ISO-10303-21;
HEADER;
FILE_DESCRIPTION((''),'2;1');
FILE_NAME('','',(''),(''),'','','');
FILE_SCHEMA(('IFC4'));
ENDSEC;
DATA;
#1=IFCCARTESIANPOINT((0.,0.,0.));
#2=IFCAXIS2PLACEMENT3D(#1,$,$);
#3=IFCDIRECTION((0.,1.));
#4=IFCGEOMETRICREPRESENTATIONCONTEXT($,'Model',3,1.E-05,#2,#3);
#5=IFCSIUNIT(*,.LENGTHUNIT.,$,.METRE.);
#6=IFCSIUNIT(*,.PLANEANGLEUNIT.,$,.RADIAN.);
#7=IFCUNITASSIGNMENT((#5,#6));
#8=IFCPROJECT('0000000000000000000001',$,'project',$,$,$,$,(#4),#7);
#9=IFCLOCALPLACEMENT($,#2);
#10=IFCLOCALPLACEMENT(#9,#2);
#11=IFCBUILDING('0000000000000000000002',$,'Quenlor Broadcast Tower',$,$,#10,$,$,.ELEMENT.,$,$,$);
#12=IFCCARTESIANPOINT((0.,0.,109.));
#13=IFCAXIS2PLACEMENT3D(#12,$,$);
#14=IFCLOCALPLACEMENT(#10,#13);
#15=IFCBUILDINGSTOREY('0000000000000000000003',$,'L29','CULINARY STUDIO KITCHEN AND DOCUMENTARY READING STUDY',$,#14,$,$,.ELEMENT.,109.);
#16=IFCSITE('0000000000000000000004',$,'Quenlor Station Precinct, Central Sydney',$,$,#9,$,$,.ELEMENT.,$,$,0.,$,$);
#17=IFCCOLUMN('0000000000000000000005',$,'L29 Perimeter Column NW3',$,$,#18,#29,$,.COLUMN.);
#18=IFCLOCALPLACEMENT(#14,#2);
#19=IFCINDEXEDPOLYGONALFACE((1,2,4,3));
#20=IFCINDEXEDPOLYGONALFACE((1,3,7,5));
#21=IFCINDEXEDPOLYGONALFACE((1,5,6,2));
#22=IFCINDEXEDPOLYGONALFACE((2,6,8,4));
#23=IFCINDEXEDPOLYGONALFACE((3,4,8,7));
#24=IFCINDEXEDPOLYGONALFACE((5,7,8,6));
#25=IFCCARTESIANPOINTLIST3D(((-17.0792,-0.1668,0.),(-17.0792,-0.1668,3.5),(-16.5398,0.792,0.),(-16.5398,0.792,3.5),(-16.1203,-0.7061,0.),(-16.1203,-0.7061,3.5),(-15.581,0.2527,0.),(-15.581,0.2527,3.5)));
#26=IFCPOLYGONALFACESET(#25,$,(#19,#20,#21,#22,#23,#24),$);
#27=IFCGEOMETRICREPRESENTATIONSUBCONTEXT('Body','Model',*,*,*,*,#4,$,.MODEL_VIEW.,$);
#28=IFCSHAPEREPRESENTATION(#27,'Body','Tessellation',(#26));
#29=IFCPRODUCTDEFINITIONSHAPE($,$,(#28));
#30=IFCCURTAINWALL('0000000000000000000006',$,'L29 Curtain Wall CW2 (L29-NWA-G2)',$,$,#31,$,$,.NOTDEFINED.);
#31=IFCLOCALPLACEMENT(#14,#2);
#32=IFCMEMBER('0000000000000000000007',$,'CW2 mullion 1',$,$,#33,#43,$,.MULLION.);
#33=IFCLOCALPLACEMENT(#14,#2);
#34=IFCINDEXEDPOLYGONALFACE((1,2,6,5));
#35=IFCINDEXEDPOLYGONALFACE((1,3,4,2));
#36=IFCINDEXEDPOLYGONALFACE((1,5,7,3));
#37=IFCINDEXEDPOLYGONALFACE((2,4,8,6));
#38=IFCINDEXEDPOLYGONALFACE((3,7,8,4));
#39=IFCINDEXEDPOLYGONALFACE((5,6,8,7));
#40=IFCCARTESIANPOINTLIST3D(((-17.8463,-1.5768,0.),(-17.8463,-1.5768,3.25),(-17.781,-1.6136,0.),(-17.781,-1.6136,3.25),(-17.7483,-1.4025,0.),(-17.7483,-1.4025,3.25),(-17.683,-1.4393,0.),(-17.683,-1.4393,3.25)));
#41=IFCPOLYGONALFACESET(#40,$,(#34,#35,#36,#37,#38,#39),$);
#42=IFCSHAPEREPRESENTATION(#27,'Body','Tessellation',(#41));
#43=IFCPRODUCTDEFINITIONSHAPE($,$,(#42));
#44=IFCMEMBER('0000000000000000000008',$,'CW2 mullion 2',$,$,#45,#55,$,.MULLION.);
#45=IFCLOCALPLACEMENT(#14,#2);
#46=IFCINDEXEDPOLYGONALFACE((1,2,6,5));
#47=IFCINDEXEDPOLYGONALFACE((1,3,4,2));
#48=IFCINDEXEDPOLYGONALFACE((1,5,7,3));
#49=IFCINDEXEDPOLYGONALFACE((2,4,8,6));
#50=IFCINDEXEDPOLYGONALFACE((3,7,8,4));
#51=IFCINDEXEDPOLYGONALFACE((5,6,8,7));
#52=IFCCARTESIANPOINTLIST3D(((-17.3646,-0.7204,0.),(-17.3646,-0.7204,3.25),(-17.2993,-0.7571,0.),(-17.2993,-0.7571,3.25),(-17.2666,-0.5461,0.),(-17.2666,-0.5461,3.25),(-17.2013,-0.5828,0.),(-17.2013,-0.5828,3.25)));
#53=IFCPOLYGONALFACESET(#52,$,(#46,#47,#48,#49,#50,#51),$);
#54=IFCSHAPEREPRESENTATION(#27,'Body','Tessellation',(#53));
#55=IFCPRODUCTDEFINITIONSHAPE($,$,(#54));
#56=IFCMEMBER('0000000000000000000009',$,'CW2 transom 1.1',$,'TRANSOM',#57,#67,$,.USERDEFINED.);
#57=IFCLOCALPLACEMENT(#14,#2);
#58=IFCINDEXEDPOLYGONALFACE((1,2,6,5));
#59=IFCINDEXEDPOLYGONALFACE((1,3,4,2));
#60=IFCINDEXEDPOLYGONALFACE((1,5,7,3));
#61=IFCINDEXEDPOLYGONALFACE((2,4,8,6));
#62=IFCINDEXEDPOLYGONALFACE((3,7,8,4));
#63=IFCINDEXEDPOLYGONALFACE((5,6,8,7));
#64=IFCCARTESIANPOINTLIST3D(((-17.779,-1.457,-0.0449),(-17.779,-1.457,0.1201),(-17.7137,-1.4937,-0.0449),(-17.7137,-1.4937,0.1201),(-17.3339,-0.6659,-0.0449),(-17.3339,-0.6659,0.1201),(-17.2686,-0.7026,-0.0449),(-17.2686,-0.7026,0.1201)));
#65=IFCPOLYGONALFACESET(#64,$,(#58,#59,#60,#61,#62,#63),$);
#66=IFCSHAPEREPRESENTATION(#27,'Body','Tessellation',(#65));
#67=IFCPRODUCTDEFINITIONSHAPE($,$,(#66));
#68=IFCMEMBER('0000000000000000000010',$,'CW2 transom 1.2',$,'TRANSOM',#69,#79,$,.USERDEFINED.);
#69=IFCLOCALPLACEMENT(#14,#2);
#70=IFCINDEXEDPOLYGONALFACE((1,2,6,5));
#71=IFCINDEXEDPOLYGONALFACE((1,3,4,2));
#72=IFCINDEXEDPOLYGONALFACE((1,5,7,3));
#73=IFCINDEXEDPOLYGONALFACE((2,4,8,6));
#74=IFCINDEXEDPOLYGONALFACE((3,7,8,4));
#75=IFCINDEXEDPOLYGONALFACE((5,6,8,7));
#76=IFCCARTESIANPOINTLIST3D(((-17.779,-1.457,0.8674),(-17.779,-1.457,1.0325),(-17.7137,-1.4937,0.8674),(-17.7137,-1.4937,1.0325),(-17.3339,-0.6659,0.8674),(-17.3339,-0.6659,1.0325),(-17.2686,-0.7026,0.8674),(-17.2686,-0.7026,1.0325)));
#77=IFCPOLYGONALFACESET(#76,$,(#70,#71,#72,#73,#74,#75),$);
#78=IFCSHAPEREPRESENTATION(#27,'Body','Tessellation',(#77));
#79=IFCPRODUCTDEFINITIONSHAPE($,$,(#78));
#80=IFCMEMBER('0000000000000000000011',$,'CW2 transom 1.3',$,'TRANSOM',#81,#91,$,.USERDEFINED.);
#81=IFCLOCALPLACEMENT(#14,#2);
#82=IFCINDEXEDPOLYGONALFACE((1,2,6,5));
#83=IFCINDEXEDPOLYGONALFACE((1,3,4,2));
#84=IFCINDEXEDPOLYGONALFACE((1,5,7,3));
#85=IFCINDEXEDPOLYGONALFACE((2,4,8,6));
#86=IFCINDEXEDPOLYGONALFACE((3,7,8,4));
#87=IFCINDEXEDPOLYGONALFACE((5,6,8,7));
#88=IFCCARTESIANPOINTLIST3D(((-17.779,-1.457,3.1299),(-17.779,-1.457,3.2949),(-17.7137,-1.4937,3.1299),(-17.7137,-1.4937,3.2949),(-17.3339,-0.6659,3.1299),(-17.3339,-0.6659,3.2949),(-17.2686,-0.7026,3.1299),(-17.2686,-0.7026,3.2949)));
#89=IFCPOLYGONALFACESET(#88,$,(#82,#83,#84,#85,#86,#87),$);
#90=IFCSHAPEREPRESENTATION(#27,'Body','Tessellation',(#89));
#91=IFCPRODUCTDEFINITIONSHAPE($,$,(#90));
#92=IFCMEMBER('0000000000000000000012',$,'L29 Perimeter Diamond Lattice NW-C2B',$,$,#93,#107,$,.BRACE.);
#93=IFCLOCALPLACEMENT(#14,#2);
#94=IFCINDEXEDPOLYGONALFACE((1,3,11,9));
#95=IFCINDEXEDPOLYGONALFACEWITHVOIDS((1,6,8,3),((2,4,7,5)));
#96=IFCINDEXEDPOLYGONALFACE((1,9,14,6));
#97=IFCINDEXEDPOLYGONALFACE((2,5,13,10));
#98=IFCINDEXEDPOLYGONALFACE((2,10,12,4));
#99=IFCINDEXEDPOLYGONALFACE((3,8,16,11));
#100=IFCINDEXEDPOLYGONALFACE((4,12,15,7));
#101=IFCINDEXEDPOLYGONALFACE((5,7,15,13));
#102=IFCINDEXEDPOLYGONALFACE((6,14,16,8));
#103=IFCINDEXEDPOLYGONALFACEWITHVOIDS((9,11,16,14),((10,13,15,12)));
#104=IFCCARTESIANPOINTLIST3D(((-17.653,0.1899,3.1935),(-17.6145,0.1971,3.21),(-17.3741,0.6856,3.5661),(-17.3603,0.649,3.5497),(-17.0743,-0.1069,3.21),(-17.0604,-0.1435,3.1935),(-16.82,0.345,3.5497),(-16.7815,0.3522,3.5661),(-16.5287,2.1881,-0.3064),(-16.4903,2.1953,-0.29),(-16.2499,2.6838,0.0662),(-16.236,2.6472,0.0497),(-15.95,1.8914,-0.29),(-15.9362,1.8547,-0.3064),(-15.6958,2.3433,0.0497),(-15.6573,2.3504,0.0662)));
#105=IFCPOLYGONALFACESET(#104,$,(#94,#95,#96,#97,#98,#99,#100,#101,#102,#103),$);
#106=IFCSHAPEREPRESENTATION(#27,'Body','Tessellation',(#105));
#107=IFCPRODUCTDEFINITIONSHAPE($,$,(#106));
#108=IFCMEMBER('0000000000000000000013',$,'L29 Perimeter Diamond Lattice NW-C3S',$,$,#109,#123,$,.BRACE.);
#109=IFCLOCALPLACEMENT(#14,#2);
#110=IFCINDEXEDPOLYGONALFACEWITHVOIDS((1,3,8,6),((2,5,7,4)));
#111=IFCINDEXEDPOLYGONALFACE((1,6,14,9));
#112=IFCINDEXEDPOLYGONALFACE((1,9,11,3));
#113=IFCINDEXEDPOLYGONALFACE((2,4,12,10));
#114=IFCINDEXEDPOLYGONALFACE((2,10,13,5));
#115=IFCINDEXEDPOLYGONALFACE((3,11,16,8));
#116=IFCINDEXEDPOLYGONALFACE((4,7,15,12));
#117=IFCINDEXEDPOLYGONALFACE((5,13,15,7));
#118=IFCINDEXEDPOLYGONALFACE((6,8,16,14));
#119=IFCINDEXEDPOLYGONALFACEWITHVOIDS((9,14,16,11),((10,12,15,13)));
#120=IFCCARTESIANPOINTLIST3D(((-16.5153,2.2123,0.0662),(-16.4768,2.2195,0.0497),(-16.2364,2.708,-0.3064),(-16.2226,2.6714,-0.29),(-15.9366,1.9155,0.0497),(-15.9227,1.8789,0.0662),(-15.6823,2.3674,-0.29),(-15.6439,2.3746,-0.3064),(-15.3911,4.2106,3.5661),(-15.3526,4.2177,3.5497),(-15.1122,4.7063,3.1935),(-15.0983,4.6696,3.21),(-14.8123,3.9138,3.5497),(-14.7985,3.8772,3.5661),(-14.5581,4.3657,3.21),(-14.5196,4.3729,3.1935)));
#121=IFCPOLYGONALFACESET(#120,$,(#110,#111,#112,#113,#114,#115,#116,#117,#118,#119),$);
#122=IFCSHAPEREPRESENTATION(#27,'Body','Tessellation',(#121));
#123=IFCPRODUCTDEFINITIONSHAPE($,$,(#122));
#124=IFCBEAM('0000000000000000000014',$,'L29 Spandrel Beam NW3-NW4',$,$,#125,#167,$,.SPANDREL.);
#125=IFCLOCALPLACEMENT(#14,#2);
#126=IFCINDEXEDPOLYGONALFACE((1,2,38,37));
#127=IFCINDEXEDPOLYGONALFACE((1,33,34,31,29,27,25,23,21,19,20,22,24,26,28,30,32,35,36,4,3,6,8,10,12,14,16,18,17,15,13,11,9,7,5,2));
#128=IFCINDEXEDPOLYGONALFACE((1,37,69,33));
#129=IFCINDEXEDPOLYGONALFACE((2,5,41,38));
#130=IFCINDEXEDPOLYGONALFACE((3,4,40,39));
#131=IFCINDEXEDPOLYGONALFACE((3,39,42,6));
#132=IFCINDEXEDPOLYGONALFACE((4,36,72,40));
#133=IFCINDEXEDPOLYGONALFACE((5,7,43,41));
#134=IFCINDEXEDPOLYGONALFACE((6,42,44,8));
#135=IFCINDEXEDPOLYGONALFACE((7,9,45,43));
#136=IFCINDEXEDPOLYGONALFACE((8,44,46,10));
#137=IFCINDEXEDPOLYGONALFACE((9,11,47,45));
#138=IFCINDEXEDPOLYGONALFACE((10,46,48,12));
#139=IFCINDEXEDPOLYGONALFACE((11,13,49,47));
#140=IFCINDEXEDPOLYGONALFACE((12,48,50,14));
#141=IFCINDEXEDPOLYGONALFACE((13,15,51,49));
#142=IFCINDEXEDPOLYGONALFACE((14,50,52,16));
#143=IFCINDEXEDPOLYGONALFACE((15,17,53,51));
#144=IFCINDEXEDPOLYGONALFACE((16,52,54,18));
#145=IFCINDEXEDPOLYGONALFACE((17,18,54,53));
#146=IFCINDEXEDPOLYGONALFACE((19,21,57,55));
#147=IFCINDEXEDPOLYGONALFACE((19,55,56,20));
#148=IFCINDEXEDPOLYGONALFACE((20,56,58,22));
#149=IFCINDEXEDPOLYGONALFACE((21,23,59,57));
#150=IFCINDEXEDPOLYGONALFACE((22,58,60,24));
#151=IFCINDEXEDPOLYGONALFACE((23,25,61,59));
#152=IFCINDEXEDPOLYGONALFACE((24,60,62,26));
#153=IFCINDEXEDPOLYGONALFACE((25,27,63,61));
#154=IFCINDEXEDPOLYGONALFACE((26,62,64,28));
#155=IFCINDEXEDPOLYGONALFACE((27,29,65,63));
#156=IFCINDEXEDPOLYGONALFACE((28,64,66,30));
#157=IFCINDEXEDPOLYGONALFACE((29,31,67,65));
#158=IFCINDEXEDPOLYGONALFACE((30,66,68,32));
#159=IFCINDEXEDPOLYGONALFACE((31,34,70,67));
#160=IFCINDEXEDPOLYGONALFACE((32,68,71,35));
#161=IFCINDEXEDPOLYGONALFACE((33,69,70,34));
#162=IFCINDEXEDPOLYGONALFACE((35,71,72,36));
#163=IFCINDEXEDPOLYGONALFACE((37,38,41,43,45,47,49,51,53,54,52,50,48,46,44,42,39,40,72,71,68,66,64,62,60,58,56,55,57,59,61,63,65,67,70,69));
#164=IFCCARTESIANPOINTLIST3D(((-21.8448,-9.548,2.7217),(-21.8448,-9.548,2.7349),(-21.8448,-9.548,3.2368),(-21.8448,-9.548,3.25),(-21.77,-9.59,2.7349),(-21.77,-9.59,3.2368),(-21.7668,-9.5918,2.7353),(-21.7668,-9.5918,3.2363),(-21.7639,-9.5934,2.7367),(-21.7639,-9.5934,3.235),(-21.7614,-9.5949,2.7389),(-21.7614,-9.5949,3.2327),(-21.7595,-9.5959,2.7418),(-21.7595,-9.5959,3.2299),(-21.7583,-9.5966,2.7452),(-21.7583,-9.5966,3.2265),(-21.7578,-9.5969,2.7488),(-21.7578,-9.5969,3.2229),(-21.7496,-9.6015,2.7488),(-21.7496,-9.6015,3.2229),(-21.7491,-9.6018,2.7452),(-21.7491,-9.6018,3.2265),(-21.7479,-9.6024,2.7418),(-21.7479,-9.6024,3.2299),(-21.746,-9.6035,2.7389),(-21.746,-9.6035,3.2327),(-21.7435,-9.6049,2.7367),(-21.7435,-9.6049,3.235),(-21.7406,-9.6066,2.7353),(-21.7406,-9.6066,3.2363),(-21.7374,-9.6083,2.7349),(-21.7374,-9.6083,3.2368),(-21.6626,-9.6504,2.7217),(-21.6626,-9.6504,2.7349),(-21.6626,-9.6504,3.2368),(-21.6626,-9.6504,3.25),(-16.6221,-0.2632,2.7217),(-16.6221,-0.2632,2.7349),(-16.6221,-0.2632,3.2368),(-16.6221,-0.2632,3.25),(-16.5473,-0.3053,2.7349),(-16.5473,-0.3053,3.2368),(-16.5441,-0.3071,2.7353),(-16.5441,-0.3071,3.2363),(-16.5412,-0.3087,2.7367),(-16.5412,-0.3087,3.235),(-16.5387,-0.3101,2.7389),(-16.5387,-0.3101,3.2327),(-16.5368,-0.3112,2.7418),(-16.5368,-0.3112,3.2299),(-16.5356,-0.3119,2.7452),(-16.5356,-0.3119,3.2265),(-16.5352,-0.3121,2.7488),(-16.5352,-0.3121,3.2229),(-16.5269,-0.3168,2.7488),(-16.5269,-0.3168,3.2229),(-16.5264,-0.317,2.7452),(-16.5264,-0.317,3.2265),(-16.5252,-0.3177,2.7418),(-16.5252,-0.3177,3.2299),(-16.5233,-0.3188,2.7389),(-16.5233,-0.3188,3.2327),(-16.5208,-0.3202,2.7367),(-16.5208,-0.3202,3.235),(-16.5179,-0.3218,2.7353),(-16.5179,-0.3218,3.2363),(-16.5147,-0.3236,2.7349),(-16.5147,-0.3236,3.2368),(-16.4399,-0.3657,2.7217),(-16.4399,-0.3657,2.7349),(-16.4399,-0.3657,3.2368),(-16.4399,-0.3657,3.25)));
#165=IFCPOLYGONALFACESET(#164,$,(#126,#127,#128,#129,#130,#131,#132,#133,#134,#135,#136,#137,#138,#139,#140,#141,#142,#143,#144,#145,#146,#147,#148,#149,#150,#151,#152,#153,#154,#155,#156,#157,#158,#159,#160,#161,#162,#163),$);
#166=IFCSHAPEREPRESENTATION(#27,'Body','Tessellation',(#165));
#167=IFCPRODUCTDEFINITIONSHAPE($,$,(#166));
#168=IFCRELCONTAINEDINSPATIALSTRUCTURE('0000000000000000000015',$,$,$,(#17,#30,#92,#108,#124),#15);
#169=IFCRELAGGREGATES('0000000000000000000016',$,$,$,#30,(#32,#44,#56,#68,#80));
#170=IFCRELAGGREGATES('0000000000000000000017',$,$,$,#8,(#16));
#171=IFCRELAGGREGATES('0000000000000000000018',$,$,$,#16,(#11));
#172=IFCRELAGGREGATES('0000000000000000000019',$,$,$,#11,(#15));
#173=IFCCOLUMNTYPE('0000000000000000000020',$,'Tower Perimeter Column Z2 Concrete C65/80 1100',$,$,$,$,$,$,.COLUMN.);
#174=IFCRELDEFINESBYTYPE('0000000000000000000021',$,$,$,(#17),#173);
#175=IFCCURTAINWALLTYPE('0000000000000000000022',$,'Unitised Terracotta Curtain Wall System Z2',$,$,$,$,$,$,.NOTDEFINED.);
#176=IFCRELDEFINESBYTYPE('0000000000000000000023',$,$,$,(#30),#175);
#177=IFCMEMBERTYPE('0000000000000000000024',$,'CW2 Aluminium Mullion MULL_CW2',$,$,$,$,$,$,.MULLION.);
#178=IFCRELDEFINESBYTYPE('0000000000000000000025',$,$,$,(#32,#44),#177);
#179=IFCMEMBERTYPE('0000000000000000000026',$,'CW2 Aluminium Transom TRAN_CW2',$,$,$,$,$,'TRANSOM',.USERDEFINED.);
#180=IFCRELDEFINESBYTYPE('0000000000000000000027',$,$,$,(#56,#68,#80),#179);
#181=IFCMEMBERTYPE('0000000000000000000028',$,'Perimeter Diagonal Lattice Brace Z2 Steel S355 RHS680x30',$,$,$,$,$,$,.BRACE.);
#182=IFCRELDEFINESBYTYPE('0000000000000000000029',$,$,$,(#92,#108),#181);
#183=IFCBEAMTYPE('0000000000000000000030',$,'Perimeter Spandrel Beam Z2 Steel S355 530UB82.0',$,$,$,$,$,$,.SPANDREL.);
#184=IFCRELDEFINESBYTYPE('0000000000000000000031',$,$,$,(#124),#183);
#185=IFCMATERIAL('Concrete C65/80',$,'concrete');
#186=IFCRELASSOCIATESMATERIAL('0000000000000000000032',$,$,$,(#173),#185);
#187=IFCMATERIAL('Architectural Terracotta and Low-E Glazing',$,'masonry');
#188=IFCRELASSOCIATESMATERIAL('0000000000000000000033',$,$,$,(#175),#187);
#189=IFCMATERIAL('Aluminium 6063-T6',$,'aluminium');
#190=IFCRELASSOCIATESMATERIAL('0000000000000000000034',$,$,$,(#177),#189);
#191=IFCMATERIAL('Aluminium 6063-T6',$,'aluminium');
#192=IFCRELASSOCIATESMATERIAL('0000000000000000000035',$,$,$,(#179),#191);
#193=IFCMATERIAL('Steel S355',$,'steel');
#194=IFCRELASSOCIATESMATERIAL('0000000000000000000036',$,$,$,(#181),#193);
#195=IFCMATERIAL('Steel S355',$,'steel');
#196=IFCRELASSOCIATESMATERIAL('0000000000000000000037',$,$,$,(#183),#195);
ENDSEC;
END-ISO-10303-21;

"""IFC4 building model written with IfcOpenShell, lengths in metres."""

from ifc_helpers import new_model, si_unit, direction, frame, origin, origin_2d, place, context, subcontext, project, spatial, rectangle, hollow_rectangle, i_section, extrude, material, material_profile, profile_set, type_object, element, aggregate, save


model = new_model("IFC4")

# Units and contexts
model_context = context("Model", 3, precision=1e-05, world=origin(), true_north=direction((0.0, 1.0)))
body_context = subcontext(model_context, "Body", "Model", "MODEL_VIEW")
ifc_project = project(units=[si_unit("LENGTHUNIT", "METRE"), si_unit("PLANEANGLEUNIT", "RADIAN")], contexts=[model_context])

# Site, building, storey
site_placement = place(None, origin())
site = spatial("IfcSite", under=ifc_project, at=site_placement, Name="Quenlor Station Precinct, Central Sydney", CompositionType="ELEMENT", RefElevation=0.0)
building_placement = place(site_placement, origin())
building = spatial("IfcBuilding", under=site, at=building_placement, Name="Quenlor Broadcast Tower", CompositionType="ELEMENT")
storey_placement = place(building_placement, frame((0.0, 0.0, 109.0)))
storey = spatial("IfcBuildingStorey", under=building, at=storey_placement, Name="L29", Description="CULINARY STUDIO KITCHEN AND DOCUMENTARY READING STUDY", CompositionType="ELEMENT", Elevation=109.0)

# Column
ifc_material_1 = material(Name="Concrete C65/80", Category="concrete")
ifc_material_profile_1 = material_profile(ifc_material_1, rectangle(XDim=1.1001, YDim=1.1001, at=origin_2d()))
ifc_profile_set_1 = profile_set([ifc_material_profile_1], Name="Concrete C65/80 RC1100x1100")
column_type = type_object("IfcColumnType", Name="Tower Perimeter Column Z2 Concrete C65/80 1100", PredefinedType="COLUMN", material=ifc_profile_set_1)
column_placement = place(storey_placement, frame((-16.3301, 0.043, 0.0), z_axis=(0.0, 0.0, 1.0), x_axis=(-0.871575, 0.490262, 0.0)))
element("IfcColumn", 1, at=column_placement, inside=storey, type_object=column_type, Name="L29 Perimeter Column NW3", PredefinedType="COLUMN", context=body_context, shape_type="SweptSolid", body=[
    extrude(rectangle(XDim=1.1001, YDim=1.1001, at=origin_2d()), origin(), (0.0, 0.0, 1.0), 3.5),
])

# Curtain wall, members
ifc_material_2 = material(Name="Architectural Terracotta and Low-E Glazing", Category="masonry")
curtain_wall_type = type_object("IfcCurtainWallType", Name="Unitised Terracotta Curtain Wall System Z2", PredefinedType="NOTDEFINED", material=ifc_material_2)
curtain_wall_placement = place(storey_placement, origin())
curtain_wall = element("IfcCurtainWall", 2, at=curtain_wall_placement, inside=storey, type_object=curtain_wall_type, Name="L29 Curtain Wall CW2 (L29-NWA-G2)", PredefinedType="NOTDEFINED")
ifc_material_3 = material(Name="Aluminium 6063-T6", Category="aluminium")
ifc_material_profile_2 = material_profile(ifc_material_3, rectangle(XDim=0.075, YDim=0.2, at=origin_2d()))
ifc_profile_set_2 = profile_set([ifc_material_profile_2], Name="Aluminium 6063-T6 MULL75x200")
member_type_1 = type_object("IfcMemberType", Name="CW2 Aluminium Mullion MULL_CW2", PredefinedType="MULLION", material=ifc_profile_set_2)
member_1_placement = place(storey_placement, frame((-17.7646, -1.5081, 0.0), z_axis=(0.0, 0.0, 1.0), x_axis=(-0.871581, 0.490252, 0.0)))
member_1 = element("IfcMember", 3, at=member_1_placement, type_object=member_type_1, Name="CW2 mullion 1", PredefinedType="MULLION", context=body_context, shape_type="SweptSolid", body=[
    extrude(rectangle(XDim=0.075, YDim=0.2, at=origin_2d()), origin(), (0.0, 0.0, 1.0), 3.25),
])
member_2_placement = place(storey_placement, frame((-17.283, -0.6516, 0.0), z_axis=(0.0, 0.0, 1.0), x_axis=(-0.871581, 0.490252, 0.0)))
member_2 = element("IfcMember", 4, at=member_2_placement, type_object=member_type_1, Name="CW2 mullion 2", PredefinedType="MULLION", context=body_context, shape_type="SweptSolid", body=[
    extrude(rectangle(XDim=0.075, YDim=0.2, at=origin_2d()), origin(), (0.0, 0.0, 1.0), 3.25),
])
ifc_material_4 = material(Name="Aluminium 6063-T6", Category="aluminium")
ifc_material_profile_3 = material_profile(ifc_material_4, rectangle(XDim=0.075, YDim=0.165, at=origin_2d()))
ifc_profile_set_3 = profile_set([ifc_material_profile_3], Name="Aluminium 6063-T6 TRAN75x165")
member_type_2 = type_object("IfcMemberType", Name="CW2 Aluminium Transom TRAN_CW2", ElementType="TRANSOM", PredefinedType="USERDEFINED", material=ifc_profile_set_3)
member_3_placement = place(storey_placement, frame((-17.7463, -1.4753, 0.0376), z_axis=(0.490363, 0.871518, 0.0), x_axis=(-0.871518, 0.490363, 0.0)))
member_3 = element("IfcMember", 5, at=member_3_placement, type_object=member_type_2, Name="CW2 transom 1.1", ObjectType="TRANSOM", PredefinedType="USERDEFINED", context=body_context, shape_type="SweptSolid", body=[
    extrude(rectangle(XDim=0.075, YDim=0.165, at=origin_2d()), origin(), (0.0, 0.0, 1.0), 0.9077),
])
member_4_placement = place(storey_placement, frame((-17.7463, -1.4753, 0.95), z_axis=(0.490363, 0.871518, 0.0), x_axis=(-0.871518, 0.490363, 0.0)))
member_4 = element("IfcMember", 6, at=member_4_placement, type_object=member_type_2, Name="CW2 transom 1.2", ObjectType="TRANSOM", PredefinedType="USERDEFINED", context=body_context, shape_type="SweptSolid", body=[
    extrude(rectangle(XDim=0.075, YDim=0.165, at=origin_2d()), origin(), (0.0, 0.0, 1.0), 0.9077),
])
member_5_placement = place(storey_placement, frame((-17.7463, -1.4753, 3.2124), z_axis=(0.490363, 0.871518, 0.0), x_axis=(-0.871518, 0.490363, 0.0)))
member_5 = element("IfcMember", 7, at=member_5_placement, type_object=member_type_2, Name="CW2 transom 1.3", ObjectType="TRANSOM", PredefinedType="USERDEFINED", context=body_context, shape_type="SweptSolid", body=[
    extrude(rectangle(XDim=0.075, YDim=0.165, at=origin_2d()), origin(), (0.0, 0.0, 1.0), 0.9077),
])

# Members
ifc_material_5 = material(Name="Steel S355", Category="steel")
ifc_material_profile_4 = material_profile(ifc_material_5, hollow_rectangle(XDim=0.6799, YDim=0.6799, WallThickness=0.03, at=origin_2d()))
ifc_profile_set_4 = profile_set([ifc_material_profile_4], Name="Steel S355 RHS680x680x30")
member_type_3 = type_object("IfcMemberType", Name="Perimeter Diagonal Lattice Brace Z2 Steel S355 RHS680x30", PredefinedType="BRACE", material=ifc_profile_set_4)
for number, where, z_axis, x_axis, name in (
    (8, (-16.093, 2.2693, -0.1201), (-0.268697, -0.477585, 0.836489), (0.871533, -0.490337, 0.0), "L29 Perimeter Diamond Lattice NW-C2B"),
    (9, (-16.0796, 2.2935, -0.1201), (0.268697, 0.477585, 0.836489), (-0.871533, 0.490337, 0.0), "L29 Perimeter Diamond Lattice NW-C3S"),
):
    element("IfcMember", number, at=place(storey_placement, frame(where, z_axis=z_axis, x_axis=x_axis)), inside=storey, type_object=member_type_3, Name=name, PredefinedType="BRACE", context=body_context, shape_type="SweptSolid", body=[
        extrude(hollow_rectangle(XDim=0.6799, YDim=0.6799, WallThickness=0.03, at=origin_2d()), origin(), (0.0, 0.0, 1.0), 4.1841),
    ])

# Beam
ifc_material_6 = material(Name="Steel S355", Category="steel")
ifc_material_profile_5 = material_profile(ifc_material_6, i_section(OverallWidth=0.209, OverallDepth=0.5283, WebThickness=0.0095, FlangeThickness=0.0132, FilletRadius=0.0139, at=origin_2d()))
ifc_profile_set_5 = profile_set([ifc_material_profile_5], Name="Steel S355 530UB82.0")
beam_type_1 = type_object("IfcBeamType", Name="Perimeter Spandrel Beam Z2 Steel S355 530UB82.0", PredefinedType="SPANDREL", material=ifc_profile_set_5)
beam_1_placement = place(storey_placement, frame((-16.531, -0.3145, 2.9858), z_axis=(-0.490263, -0.871574, 0.0), x_axis=(0.871574, -0.490263, 0.0)))
element("IfcBeam", 10, at=beam_1_placement, inside=storey, type_object=beam_type_1, Name="L29 Spandrel Beam NW3-NW4", PredefinedType="SPANDREL", context=body_context, shape_type="SweptSolid", body=[
    extrude(i_section(OverallWidth=0.209, OverallDepth=0.5283, WebThickness=0.0095, FlangeThickness=0.0132, FilletRadius=0.0139, at=origin_2d()), origin(), (0.0, 0.0, 1.0), 10.6528),
])

aggregate(curtain_wall, [member_1, member_2, member_3, member_4, member_5])

save(model, "model.ifc")
